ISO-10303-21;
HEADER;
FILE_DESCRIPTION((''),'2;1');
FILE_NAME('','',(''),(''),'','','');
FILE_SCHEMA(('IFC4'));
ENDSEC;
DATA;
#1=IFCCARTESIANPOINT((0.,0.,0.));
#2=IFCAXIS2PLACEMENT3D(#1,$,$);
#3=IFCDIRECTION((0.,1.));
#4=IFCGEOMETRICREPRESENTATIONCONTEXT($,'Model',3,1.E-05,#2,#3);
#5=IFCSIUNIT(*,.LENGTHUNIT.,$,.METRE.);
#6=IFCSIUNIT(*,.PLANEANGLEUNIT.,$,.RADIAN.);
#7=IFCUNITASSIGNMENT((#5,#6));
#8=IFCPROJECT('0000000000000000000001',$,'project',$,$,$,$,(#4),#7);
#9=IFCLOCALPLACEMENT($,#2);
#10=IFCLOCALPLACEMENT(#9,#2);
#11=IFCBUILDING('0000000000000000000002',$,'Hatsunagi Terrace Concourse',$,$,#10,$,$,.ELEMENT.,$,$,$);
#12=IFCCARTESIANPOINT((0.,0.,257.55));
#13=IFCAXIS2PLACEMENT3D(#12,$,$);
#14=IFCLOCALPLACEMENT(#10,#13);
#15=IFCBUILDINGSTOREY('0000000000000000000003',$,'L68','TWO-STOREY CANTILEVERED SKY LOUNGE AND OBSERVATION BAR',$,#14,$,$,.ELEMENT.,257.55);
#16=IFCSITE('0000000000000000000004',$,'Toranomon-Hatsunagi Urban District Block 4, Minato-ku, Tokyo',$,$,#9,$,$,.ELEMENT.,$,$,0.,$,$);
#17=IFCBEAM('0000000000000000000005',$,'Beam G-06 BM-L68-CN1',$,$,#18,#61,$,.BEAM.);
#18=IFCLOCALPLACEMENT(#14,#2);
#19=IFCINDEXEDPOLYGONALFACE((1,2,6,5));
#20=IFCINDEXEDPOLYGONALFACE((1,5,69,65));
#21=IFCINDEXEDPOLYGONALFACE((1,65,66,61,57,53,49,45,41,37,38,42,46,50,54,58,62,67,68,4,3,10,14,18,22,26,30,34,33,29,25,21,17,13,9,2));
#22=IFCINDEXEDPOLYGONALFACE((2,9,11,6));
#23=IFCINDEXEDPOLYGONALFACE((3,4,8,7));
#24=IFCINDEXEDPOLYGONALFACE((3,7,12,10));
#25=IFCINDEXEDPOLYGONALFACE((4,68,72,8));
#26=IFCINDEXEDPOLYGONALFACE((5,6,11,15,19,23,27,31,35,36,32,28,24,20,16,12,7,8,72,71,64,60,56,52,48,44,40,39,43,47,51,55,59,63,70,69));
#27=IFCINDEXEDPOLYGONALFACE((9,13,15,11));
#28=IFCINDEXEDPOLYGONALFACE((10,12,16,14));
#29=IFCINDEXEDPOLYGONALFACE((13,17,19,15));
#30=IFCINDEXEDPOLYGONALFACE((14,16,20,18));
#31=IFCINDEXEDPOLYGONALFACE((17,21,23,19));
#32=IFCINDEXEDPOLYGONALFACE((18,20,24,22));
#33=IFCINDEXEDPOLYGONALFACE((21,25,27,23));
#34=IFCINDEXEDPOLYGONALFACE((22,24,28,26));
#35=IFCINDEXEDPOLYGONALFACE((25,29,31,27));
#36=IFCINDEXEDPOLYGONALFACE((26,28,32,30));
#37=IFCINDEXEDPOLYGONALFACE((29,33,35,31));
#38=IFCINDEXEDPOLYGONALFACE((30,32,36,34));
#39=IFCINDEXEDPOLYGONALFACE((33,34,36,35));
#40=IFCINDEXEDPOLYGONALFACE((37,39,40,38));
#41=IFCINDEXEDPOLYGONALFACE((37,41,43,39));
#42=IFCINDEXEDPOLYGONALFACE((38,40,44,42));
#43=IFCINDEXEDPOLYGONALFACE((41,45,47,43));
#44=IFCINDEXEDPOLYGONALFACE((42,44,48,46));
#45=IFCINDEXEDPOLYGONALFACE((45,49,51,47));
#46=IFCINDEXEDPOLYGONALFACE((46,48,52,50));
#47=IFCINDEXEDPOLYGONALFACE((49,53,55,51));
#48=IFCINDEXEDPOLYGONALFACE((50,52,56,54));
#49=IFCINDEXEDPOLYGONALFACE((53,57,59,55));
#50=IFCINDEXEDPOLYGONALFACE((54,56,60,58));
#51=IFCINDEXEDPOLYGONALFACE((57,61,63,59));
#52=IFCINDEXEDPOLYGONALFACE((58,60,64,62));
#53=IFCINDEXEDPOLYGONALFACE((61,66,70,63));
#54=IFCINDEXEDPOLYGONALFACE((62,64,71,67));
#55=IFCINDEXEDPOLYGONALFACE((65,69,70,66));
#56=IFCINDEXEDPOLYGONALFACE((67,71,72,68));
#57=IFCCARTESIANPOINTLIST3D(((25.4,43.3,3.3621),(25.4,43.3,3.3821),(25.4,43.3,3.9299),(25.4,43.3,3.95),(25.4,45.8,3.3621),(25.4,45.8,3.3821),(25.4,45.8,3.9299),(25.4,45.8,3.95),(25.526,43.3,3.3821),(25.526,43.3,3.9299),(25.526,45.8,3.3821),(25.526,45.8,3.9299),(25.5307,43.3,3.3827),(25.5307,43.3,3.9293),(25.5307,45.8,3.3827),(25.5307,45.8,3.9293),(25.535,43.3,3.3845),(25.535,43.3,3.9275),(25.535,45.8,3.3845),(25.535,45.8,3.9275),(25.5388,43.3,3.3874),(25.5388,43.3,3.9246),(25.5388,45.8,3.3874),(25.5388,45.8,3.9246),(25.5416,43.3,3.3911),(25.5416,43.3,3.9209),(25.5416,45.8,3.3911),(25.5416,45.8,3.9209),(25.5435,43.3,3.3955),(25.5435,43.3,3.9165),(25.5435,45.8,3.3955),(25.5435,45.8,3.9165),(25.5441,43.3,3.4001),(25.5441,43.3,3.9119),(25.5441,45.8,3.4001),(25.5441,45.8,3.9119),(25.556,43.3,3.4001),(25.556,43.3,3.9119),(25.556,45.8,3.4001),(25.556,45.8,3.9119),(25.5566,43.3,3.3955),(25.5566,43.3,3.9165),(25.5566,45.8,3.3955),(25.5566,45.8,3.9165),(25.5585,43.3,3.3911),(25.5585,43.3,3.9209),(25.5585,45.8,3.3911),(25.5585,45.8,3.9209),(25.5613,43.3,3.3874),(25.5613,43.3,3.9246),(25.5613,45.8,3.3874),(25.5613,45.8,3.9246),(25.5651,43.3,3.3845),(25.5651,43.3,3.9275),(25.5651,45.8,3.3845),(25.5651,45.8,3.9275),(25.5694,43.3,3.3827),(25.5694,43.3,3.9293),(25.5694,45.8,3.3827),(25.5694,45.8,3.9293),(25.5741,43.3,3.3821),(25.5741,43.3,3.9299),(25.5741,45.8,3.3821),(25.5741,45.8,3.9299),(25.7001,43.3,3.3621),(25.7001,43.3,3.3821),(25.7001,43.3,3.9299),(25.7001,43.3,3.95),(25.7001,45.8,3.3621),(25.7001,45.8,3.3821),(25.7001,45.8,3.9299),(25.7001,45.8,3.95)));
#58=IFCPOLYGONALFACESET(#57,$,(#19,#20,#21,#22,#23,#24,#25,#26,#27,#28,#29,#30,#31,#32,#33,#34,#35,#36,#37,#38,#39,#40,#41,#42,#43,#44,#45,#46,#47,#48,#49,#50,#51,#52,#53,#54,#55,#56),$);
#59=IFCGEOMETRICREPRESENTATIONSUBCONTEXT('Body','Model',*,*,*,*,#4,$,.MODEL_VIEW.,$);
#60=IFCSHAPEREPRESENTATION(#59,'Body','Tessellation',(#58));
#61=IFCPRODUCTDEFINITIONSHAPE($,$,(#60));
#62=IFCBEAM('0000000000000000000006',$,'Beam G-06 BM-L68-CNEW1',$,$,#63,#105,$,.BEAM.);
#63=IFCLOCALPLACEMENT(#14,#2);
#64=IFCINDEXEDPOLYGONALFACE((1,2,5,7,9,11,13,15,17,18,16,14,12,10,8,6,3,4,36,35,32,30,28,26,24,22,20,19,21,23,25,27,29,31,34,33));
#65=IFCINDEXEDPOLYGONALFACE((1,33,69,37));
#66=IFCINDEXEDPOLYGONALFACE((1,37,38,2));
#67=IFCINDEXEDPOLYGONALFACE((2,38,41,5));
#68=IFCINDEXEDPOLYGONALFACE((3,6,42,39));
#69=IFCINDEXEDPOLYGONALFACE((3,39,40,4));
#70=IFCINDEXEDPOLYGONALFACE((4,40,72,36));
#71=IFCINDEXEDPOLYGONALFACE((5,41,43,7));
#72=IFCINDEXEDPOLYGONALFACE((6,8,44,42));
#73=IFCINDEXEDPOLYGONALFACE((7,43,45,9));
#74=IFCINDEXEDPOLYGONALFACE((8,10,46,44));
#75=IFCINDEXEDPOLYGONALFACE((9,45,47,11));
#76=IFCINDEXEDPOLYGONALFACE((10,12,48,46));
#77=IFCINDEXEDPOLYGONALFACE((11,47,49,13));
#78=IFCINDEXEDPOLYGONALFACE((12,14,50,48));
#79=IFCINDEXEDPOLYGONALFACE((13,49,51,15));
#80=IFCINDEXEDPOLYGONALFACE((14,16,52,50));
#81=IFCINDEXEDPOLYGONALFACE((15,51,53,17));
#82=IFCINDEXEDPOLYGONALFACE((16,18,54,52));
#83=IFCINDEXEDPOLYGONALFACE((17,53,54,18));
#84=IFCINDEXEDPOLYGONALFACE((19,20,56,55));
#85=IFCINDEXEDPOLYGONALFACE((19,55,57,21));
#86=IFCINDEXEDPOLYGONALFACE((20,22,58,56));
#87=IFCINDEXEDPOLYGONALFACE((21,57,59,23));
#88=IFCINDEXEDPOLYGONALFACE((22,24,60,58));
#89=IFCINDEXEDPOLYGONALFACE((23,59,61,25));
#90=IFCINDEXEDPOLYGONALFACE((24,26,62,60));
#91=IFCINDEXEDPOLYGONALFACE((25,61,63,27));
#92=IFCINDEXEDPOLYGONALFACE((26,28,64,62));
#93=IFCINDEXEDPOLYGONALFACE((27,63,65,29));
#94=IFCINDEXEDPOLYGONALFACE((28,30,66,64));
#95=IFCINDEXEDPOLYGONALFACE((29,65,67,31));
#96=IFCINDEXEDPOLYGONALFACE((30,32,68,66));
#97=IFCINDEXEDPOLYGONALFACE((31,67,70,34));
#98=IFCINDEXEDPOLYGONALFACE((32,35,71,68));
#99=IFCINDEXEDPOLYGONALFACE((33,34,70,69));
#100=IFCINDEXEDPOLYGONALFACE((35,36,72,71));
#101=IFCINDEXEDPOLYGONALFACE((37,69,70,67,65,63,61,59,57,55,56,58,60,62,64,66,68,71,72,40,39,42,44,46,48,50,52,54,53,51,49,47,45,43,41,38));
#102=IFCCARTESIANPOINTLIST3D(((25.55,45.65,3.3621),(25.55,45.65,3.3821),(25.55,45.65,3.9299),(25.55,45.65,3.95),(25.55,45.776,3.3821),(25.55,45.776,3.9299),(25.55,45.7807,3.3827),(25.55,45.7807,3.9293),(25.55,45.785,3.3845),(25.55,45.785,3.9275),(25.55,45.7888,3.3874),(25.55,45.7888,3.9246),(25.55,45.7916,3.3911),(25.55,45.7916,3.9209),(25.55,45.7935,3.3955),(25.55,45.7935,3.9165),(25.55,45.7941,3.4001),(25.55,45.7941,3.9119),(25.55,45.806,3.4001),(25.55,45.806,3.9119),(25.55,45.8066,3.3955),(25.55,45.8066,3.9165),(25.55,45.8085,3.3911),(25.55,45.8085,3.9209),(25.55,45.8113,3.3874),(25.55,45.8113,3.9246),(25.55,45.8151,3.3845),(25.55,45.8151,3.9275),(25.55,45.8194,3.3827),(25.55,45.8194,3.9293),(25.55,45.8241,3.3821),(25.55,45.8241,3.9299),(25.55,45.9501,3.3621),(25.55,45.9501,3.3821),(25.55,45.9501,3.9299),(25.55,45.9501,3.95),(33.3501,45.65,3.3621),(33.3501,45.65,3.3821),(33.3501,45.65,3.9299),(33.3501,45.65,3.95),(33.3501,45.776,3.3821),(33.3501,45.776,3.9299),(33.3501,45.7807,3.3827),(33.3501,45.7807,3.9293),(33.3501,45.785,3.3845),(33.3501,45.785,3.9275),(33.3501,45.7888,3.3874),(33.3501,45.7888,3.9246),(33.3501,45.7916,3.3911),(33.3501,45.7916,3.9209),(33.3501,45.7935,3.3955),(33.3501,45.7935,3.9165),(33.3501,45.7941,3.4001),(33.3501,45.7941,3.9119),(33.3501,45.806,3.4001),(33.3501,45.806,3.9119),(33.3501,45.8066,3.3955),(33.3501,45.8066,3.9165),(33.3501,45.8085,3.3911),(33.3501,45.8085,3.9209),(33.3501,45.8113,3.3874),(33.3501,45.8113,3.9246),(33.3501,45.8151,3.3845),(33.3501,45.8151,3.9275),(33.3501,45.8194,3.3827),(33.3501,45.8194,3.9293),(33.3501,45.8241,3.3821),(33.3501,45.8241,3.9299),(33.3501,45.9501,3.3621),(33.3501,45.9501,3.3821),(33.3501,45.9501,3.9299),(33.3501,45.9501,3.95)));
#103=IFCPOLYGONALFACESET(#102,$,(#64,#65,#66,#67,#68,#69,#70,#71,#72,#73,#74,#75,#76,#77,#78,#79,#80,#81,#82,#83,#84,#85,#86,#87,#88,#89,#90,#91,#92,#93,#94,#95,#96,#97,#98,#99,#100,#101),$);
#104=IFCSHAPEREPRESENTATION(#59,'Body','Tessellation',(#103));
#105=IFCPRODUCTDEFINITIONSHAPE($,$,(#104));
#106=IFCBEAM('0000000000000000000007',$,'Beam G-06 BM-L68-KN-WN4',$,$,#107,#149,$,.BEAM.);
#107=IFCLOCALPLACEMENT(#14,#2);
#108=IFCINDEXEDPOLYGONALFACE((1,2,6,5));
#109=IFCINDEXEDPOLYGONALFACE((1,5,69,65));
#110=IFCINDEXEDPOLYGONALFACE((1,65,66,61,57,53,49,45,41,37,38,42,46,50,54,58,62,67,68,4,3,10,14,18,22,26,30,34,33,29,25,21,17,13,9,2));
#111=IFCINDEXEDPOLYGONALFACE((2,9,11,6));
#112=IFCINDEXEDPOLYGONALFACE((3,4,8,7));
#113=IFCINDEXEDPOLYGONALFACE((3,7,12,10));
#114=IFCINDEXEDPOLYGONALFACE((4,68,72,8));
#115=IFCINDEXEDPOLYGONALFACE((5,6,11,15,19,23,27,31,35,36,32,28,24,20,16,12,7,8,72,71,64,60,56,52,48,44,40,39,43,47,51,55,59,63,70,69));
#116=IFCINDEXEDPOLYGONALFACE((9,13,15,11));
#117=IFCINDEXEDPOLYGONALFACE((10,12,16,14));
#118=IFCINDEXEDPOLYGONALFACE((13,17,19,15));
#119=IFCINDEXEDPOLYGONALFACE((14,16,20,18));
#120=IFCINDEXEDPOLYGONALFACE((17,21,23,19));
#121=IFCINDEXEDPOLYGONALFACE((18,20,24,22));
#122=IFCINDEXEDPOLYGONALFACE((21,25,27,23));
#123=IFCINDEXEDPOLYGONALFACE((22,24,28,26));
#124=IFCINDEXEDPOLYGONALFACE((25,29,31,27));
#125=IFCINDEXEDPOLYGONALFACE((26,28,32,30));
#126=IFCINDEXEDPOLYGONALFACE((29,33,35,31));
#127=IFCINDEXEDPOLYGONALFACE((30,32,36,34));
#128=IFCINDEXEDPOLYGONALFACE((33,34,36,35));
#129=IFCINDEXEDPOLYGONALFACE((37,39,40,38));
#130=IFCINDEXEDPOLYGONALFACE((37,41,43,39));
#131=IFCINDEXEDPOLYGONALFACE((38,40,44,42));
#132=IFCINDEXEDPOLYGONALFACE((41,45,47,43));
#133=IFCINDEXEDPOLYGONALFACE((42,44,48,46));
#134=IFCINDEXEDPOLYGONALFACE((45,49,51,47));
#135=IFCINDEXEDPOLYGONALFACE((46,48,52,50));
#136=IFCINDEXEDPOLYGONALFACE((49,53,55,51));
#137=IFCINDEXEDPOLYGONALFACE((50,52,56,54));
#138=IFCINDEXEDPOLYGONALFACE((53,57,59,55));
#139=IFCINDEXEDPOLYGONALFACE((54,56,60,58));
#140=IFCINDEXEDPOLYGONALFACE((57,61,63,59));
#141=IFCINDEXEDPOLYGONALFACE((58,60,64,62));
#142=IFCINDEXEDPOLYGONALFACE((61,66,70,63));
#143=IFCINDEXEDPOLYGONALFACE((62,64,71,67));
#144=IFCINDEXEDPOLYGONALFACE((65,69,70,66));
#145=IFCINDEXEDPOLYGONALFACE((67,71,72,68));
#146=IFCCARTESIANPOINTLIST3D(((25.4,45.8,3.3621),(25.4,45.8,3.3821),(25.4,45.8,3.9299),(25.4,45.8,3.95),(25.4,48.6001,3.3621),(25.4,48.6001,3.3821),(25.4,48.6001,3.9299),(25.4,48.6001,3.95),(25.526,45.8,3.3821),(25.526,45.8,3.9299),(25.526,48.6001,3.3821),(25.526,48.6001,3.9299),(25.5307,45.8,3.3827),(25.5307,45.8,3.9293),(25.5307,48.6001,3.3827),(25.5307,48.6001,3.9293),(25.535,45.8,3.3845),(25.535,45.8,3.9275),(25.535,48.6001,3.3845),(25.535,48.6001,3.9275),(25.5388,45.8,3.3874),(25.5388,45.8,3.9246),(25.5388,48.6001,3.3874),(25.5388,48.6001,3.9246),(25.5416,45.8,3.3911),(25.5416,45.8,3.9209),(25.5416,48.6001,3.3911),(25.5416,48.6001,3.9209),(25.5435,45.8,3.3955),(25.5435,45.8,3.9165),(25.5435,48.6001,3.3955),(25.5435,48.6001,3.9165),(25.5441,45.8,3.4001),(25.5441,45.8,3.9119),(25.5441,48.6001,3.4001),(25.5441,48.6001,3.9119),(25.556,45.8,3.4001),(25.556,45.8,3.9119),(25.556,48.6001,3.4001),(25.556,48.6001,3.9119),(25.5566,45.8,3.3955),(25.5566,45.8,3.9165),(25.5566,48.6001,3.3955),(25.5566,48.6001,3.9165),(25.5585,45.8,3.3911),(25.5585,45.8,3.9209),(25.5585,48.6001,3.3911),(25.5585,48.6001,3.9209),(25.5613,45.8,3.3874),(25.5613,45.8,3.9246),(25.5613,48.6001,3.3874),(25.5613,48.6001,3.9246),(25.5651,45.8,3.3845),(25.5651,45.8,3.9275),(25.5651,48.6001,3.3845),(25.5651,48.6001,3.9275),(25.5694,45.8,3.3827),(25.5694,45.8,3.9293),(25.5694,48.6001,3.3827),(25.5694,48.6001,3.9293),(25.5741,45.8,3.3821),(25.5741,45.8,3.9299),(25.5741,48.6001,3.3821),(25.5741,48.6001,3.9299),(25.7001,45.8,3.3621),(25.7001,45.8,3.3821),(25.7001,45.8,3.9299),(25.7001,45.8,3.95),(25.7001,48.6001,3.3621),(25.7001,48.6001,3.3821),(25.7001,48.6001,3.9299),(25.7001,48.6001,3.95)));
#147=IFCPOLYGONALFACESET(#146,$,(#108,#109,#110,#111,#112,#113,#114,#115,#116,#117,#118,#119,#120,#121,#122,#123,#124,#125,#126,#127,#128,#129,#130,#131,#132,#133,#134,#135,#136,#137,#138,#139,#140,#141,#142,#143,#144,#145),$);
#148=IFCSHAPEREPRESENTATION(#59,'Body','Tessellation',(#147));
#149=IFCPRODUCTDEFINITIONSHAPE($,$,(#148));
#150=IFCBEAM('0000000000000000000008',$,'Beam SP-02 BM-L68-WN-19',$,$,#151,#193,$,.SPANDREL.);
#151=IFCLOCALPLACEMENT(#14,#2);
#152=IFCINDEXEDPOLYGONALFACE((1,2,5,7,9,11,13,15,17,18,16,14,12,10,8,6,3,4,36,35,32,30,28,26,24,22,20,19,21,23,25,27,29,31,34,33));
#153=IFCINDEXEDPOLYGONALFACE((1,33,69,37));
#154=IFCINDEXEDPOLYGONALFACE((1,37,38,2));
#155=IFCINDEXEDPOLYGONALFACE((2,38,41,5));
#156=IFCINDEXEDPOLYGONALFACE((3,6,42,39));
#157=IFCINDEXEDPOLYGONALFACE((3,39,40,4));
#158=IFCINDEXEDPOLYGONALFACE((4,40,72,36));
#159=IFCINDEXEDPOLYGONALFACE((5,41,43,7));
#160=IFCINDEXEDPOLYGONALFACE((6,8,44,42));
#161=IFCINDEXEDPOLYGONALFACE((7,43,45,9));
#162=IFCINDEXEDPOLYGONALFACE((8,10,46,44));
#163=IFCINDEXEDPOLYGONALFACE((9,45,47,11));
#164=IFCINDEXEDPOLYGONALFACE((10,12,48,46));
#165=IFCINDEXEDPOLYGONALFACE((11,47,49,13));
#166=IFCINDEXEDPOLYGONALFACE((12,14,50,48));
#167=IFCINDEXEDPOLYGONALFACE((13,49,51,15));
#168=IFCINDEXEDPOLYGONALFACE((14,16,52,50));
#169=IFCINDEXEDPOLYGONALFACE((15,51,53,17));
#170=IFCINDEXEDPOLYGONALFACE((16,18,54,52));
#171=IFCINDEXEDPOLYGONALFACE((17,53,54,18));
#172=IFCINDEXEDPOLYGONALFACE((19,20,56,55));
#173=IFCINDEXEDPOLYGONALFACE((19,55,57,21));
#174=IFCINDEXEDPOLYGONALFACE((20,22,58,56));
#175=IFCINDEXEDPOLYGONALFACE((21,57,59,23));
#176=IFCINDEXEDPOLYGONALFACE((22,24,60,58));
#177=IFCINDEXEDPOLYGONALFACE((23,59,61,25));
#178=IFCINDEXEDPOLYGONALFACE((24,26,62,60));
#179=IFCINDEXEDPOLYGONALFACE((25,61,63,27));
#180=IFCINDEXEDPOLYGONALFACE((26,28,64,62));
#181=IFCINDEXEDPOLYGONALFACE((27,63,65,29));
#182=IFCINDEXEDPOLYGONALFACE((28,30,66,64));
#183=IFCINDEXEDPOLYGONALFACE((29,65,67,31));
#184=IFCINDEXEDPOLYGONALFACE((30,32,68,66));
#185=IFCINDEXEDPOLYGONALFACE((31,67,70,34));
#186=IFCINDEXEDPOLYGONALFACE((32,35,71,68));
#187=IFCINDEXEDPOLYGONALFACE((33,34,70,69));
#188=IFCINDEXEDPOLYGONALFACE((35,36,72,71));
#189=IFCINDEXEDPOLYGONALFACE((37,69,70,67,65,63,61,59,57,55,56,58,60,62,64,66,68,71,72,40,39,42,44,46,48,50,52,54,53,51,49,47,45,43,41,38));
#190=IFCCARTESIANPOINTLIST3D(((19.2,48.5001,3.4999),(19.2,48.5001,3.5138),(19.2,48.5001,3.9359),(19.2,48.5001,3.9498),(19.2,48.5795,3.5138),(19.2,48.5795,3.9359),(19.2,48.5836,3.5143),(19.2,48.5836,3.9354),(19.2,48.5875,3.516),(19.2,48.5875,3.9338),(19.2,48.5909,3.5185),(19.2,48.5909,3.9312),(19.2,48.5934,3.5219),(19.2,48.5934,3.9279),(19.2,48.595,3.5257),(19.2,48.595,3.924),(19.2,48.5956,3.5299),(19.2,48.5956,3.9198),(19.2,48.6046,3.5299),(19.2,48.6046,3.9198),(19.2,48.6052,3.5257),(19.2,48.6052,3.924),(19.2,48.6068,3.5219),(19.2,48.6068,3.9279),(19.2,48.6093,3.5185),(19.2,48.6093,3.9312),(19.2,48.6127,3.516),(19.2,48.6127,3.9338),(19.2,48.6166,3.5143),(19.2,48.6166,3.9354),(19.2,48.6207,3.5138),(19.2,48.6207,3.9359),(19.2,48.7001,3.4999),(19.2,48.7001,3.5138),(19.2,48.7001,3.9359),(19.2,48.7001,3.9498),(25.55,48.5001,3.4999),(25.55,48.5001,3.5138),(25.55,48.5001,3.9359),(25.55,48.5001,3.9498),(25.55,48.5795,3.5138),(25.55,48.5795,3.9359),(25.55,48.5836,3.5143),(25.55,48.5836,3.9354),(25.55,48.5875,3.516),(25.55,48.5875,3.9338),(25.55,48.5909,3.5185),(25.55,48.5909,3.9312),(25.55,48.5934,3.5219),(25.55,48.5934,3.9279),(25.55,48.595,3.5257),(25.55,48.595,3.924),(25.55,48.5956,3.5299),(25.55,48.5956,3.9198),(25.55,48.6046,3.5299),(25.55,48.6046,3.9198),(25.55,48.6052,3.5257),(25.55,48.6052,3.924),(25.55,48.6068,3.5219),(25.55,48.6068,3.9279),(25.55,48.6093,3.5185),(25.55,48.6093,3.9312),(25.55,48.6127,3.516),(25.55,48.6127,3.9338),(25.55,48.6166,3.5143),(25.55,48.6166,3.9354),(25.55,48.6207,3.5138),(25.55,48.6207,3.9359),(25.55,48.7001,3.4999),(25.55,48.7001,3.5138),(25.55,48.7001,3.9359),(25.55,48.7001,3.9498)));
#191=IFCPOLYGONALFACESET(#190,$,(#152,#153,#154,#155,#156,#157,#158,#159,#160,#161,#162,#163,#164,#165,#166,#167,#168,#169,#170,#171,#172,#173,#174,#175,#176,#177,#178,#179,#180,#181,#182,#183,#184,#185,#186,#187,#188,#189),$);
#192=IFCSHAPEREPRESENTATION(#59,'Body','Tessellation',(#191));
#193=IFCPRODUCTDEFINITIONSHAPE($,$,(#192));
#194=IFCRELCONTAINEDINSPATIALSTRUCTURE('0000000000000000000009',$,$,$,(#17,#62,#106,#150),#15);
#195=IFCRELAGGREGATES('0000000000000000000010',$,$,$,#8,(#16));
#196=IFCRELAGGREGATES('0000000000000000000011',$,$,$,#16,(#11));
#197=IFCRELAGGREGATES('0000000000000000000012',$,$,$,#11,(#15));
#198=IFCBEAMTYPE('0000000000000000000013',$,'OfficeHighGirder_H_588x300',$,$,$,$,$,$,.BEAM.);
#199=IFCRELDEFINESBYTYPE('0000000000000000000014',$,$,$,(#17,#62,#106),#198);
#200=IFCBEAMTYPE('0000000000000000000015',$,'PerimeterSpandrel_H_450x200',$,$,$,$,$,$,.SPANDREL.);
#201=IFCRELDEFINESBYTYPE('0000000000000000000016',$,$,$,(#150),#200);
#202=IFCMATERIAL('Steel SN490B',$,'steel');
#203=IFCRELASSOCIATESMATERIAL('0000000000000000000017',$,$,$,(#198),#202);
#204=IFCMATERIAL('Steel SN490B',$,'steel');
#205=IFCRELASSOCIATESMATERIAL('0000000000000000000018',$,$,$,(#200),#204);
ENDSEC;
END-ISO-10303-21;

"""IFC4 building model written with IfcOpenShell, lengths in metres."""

from ifc_helpers import new_model, si_unit, direction, frame, origin, origin_2d, place, context, subcontext, project, spatial, i_section, extrude, material, material_profile, profile_set, type_object, element, save


model = new_model("IFC4")

# Units and contexts
model_context = context("Model", 3, precision=1e-05, world=origin(), true_north=direction((0.0, 1.0)))
body_context = subcontext(model_context, "Body", "Model", "MODEL_VIEW")
ifc_project = project(units=[si_unit("LENGTHUNIT", "METRE"), si_unit("PLANEANGLEUNIT", "RADIAN")], contexts=[model_context])

# Site, building, storey
site_placement = place(None, origin())
site = spatial("IfcSite", under=ifc_project, at=site_placement, Name="Toranomon-Hatsunagi Urban District Block 4, Minato-ku, Tokyo", CompositionType="ELEMENT", RefElevation=0.0)
building_placement = place(site_placement, origin())
building = spatial("IfcBuilding", under=site, at=building_placement, Name="Hatsunagi Terrace Concourse", CompositionType="ELEMENT")
storey_placement = place(building_placement, frame((0.0, 0.0, 257.55)))
storey = spatial("IfcBuildingStorey", under=building, at=storey_placement, Name="L68", Description="TWO-STOREY CANTILEVERED SKY LOUNGE AND OBSERVATION BAR", CompositionType="ELEMENT", Elevation=257.55)

# Beams
ifc_material_1 = material(Name="Steel SN490B", Category="steel")
ifc_material_profile_1 = material_profile(ifc_material_1, i_section(OverallWidth=0.3, OverallDepth=0.5879, WebThickness=0.012, FlangeThickness=0.02, FilletRadius=0.0181, at=origin_2d()), Name="H-588x300x12x20")
ifc_profile_set_1 = profile_set([ifc_material_profile_1], Name="Steel SN490B")
beam_type_1 = type_object("IfcBeamType", Name="OfficeHighGirder_H_588x300", PredefinedType="BEAM", material=ifc_profile_set_1)
beam_1_placement = place(storey_placement, frame((25.55, 43.3, 3.656), z_axis=(0.0, 1.0, 0.0), x_axis=(-1.0, 0.0, 0.0)))
element("IfcBeam", 1, at=beam_1_placement, inside=storey, type_object=beam_type_1, Name="Beam G-06 BM-L68-CN1", PredefinedType="BEAM", context=body_context, shape_type="SweptSolid", body=[
    extrude(i_section(OverallWidth=0.3, OverallDepth=0.5879, WebThickness=0.012, FlangeThickness=0.02, FilletRadius=0.0181, at=origin_2d()), origin(), (0.0, 0.0, 1.0), 2.5),
])
beam_2_placement = place(storey_placement, frame((25.55, 45.8, 3.656), z_axis=(1.0, 0.0, 0.0), x_axis=(0.0, 1.0, 0.0)))
element("IfcBeam", 2, at=beam_2_placement, inside=storey, type_object=beam_type_1, Name="Beam G-06 BM-L68-CNEW1", PredefinedType="BEAM", context=body_context, shape_type="SweptSolid", body=[
    extrude(i_section(OverallWidth=0.3, OverallDepth=0.5879, WebThickness=0.012, FlangeThickness=0.02, FilletRadius=0.0181, at=origin_2d()), origin(), (0.0, 0.0, 1.0), 7.8),
])
beam_3_placement = place(storey_placement, frame((25.55, 45.8, 3.656), z_axis=(0.0, 1.0, 0.0), x_axis=(-1.0, 0.0, 0.0)))
element("IfcBeam", 3, at=beam_3_placement, inside=storey, type_object=beam_type_1, Name="Beam G-06 BM-L68-KN-WN4", PredefinedType="BEAM", context=body_context, shape_type="SweptSolid", body=[
    extrude(i_section(OverallWidth=0.3, OverallDepth=0.5879, WebThickness=0.012, FlangeThickness=0.02, FilletRadius=0.0181, at=origin_2d()), origin(), (0.0, 0.0, 1.0), 2.8),
])
ifc_material_2 = material(Name="Steel SN490B", Category="steel")
ifc_material_profile_2 = material_profile(ifc_material_2, i_section(OverallWidth=0.2, OverallDepth=0.45, WebThickness=0.009, FlangeThickness=0.0139, FilletRadius=0.0161, at=origin_2d()), Name="H-450x200x9x14")
ifc_profile_set_2 = profile_set([ifc_material_profile_2], Name="Steel SN490B")
beam_type_2 = type_object("IfcBeamType", Name="PerimeterSpandrel_H_450x200", PredefinedType="SPANDREL", material=ifc_profile_set_2)
beam_4_placement = place(storey_placement, frame((19.2, 48.6001, 3.7249), z_axis=(1.0, 0.0, 0.0), x_axis=(0.0, 1.0, 0.0)))
element("IfcBeam", 4, at=beam_4_placement, inside=storey, type_object=beam_type_2, Name="Beam SP-02 BM-L68-WN-19", PredefinedType="SPANDREL", context=body_context, shape_type="SweptSolid", body=[
    extrude(i_section(OverallWidth=0.2, OverallDepth=0.45, WebThickness=0.009, FlangeThickness=0.0139, FilletRadius=0.0161, at=origin_2d()), origin(), (0.0, 0.0, 1.0), 6.3501),
])

save(model, "model.ifc")
